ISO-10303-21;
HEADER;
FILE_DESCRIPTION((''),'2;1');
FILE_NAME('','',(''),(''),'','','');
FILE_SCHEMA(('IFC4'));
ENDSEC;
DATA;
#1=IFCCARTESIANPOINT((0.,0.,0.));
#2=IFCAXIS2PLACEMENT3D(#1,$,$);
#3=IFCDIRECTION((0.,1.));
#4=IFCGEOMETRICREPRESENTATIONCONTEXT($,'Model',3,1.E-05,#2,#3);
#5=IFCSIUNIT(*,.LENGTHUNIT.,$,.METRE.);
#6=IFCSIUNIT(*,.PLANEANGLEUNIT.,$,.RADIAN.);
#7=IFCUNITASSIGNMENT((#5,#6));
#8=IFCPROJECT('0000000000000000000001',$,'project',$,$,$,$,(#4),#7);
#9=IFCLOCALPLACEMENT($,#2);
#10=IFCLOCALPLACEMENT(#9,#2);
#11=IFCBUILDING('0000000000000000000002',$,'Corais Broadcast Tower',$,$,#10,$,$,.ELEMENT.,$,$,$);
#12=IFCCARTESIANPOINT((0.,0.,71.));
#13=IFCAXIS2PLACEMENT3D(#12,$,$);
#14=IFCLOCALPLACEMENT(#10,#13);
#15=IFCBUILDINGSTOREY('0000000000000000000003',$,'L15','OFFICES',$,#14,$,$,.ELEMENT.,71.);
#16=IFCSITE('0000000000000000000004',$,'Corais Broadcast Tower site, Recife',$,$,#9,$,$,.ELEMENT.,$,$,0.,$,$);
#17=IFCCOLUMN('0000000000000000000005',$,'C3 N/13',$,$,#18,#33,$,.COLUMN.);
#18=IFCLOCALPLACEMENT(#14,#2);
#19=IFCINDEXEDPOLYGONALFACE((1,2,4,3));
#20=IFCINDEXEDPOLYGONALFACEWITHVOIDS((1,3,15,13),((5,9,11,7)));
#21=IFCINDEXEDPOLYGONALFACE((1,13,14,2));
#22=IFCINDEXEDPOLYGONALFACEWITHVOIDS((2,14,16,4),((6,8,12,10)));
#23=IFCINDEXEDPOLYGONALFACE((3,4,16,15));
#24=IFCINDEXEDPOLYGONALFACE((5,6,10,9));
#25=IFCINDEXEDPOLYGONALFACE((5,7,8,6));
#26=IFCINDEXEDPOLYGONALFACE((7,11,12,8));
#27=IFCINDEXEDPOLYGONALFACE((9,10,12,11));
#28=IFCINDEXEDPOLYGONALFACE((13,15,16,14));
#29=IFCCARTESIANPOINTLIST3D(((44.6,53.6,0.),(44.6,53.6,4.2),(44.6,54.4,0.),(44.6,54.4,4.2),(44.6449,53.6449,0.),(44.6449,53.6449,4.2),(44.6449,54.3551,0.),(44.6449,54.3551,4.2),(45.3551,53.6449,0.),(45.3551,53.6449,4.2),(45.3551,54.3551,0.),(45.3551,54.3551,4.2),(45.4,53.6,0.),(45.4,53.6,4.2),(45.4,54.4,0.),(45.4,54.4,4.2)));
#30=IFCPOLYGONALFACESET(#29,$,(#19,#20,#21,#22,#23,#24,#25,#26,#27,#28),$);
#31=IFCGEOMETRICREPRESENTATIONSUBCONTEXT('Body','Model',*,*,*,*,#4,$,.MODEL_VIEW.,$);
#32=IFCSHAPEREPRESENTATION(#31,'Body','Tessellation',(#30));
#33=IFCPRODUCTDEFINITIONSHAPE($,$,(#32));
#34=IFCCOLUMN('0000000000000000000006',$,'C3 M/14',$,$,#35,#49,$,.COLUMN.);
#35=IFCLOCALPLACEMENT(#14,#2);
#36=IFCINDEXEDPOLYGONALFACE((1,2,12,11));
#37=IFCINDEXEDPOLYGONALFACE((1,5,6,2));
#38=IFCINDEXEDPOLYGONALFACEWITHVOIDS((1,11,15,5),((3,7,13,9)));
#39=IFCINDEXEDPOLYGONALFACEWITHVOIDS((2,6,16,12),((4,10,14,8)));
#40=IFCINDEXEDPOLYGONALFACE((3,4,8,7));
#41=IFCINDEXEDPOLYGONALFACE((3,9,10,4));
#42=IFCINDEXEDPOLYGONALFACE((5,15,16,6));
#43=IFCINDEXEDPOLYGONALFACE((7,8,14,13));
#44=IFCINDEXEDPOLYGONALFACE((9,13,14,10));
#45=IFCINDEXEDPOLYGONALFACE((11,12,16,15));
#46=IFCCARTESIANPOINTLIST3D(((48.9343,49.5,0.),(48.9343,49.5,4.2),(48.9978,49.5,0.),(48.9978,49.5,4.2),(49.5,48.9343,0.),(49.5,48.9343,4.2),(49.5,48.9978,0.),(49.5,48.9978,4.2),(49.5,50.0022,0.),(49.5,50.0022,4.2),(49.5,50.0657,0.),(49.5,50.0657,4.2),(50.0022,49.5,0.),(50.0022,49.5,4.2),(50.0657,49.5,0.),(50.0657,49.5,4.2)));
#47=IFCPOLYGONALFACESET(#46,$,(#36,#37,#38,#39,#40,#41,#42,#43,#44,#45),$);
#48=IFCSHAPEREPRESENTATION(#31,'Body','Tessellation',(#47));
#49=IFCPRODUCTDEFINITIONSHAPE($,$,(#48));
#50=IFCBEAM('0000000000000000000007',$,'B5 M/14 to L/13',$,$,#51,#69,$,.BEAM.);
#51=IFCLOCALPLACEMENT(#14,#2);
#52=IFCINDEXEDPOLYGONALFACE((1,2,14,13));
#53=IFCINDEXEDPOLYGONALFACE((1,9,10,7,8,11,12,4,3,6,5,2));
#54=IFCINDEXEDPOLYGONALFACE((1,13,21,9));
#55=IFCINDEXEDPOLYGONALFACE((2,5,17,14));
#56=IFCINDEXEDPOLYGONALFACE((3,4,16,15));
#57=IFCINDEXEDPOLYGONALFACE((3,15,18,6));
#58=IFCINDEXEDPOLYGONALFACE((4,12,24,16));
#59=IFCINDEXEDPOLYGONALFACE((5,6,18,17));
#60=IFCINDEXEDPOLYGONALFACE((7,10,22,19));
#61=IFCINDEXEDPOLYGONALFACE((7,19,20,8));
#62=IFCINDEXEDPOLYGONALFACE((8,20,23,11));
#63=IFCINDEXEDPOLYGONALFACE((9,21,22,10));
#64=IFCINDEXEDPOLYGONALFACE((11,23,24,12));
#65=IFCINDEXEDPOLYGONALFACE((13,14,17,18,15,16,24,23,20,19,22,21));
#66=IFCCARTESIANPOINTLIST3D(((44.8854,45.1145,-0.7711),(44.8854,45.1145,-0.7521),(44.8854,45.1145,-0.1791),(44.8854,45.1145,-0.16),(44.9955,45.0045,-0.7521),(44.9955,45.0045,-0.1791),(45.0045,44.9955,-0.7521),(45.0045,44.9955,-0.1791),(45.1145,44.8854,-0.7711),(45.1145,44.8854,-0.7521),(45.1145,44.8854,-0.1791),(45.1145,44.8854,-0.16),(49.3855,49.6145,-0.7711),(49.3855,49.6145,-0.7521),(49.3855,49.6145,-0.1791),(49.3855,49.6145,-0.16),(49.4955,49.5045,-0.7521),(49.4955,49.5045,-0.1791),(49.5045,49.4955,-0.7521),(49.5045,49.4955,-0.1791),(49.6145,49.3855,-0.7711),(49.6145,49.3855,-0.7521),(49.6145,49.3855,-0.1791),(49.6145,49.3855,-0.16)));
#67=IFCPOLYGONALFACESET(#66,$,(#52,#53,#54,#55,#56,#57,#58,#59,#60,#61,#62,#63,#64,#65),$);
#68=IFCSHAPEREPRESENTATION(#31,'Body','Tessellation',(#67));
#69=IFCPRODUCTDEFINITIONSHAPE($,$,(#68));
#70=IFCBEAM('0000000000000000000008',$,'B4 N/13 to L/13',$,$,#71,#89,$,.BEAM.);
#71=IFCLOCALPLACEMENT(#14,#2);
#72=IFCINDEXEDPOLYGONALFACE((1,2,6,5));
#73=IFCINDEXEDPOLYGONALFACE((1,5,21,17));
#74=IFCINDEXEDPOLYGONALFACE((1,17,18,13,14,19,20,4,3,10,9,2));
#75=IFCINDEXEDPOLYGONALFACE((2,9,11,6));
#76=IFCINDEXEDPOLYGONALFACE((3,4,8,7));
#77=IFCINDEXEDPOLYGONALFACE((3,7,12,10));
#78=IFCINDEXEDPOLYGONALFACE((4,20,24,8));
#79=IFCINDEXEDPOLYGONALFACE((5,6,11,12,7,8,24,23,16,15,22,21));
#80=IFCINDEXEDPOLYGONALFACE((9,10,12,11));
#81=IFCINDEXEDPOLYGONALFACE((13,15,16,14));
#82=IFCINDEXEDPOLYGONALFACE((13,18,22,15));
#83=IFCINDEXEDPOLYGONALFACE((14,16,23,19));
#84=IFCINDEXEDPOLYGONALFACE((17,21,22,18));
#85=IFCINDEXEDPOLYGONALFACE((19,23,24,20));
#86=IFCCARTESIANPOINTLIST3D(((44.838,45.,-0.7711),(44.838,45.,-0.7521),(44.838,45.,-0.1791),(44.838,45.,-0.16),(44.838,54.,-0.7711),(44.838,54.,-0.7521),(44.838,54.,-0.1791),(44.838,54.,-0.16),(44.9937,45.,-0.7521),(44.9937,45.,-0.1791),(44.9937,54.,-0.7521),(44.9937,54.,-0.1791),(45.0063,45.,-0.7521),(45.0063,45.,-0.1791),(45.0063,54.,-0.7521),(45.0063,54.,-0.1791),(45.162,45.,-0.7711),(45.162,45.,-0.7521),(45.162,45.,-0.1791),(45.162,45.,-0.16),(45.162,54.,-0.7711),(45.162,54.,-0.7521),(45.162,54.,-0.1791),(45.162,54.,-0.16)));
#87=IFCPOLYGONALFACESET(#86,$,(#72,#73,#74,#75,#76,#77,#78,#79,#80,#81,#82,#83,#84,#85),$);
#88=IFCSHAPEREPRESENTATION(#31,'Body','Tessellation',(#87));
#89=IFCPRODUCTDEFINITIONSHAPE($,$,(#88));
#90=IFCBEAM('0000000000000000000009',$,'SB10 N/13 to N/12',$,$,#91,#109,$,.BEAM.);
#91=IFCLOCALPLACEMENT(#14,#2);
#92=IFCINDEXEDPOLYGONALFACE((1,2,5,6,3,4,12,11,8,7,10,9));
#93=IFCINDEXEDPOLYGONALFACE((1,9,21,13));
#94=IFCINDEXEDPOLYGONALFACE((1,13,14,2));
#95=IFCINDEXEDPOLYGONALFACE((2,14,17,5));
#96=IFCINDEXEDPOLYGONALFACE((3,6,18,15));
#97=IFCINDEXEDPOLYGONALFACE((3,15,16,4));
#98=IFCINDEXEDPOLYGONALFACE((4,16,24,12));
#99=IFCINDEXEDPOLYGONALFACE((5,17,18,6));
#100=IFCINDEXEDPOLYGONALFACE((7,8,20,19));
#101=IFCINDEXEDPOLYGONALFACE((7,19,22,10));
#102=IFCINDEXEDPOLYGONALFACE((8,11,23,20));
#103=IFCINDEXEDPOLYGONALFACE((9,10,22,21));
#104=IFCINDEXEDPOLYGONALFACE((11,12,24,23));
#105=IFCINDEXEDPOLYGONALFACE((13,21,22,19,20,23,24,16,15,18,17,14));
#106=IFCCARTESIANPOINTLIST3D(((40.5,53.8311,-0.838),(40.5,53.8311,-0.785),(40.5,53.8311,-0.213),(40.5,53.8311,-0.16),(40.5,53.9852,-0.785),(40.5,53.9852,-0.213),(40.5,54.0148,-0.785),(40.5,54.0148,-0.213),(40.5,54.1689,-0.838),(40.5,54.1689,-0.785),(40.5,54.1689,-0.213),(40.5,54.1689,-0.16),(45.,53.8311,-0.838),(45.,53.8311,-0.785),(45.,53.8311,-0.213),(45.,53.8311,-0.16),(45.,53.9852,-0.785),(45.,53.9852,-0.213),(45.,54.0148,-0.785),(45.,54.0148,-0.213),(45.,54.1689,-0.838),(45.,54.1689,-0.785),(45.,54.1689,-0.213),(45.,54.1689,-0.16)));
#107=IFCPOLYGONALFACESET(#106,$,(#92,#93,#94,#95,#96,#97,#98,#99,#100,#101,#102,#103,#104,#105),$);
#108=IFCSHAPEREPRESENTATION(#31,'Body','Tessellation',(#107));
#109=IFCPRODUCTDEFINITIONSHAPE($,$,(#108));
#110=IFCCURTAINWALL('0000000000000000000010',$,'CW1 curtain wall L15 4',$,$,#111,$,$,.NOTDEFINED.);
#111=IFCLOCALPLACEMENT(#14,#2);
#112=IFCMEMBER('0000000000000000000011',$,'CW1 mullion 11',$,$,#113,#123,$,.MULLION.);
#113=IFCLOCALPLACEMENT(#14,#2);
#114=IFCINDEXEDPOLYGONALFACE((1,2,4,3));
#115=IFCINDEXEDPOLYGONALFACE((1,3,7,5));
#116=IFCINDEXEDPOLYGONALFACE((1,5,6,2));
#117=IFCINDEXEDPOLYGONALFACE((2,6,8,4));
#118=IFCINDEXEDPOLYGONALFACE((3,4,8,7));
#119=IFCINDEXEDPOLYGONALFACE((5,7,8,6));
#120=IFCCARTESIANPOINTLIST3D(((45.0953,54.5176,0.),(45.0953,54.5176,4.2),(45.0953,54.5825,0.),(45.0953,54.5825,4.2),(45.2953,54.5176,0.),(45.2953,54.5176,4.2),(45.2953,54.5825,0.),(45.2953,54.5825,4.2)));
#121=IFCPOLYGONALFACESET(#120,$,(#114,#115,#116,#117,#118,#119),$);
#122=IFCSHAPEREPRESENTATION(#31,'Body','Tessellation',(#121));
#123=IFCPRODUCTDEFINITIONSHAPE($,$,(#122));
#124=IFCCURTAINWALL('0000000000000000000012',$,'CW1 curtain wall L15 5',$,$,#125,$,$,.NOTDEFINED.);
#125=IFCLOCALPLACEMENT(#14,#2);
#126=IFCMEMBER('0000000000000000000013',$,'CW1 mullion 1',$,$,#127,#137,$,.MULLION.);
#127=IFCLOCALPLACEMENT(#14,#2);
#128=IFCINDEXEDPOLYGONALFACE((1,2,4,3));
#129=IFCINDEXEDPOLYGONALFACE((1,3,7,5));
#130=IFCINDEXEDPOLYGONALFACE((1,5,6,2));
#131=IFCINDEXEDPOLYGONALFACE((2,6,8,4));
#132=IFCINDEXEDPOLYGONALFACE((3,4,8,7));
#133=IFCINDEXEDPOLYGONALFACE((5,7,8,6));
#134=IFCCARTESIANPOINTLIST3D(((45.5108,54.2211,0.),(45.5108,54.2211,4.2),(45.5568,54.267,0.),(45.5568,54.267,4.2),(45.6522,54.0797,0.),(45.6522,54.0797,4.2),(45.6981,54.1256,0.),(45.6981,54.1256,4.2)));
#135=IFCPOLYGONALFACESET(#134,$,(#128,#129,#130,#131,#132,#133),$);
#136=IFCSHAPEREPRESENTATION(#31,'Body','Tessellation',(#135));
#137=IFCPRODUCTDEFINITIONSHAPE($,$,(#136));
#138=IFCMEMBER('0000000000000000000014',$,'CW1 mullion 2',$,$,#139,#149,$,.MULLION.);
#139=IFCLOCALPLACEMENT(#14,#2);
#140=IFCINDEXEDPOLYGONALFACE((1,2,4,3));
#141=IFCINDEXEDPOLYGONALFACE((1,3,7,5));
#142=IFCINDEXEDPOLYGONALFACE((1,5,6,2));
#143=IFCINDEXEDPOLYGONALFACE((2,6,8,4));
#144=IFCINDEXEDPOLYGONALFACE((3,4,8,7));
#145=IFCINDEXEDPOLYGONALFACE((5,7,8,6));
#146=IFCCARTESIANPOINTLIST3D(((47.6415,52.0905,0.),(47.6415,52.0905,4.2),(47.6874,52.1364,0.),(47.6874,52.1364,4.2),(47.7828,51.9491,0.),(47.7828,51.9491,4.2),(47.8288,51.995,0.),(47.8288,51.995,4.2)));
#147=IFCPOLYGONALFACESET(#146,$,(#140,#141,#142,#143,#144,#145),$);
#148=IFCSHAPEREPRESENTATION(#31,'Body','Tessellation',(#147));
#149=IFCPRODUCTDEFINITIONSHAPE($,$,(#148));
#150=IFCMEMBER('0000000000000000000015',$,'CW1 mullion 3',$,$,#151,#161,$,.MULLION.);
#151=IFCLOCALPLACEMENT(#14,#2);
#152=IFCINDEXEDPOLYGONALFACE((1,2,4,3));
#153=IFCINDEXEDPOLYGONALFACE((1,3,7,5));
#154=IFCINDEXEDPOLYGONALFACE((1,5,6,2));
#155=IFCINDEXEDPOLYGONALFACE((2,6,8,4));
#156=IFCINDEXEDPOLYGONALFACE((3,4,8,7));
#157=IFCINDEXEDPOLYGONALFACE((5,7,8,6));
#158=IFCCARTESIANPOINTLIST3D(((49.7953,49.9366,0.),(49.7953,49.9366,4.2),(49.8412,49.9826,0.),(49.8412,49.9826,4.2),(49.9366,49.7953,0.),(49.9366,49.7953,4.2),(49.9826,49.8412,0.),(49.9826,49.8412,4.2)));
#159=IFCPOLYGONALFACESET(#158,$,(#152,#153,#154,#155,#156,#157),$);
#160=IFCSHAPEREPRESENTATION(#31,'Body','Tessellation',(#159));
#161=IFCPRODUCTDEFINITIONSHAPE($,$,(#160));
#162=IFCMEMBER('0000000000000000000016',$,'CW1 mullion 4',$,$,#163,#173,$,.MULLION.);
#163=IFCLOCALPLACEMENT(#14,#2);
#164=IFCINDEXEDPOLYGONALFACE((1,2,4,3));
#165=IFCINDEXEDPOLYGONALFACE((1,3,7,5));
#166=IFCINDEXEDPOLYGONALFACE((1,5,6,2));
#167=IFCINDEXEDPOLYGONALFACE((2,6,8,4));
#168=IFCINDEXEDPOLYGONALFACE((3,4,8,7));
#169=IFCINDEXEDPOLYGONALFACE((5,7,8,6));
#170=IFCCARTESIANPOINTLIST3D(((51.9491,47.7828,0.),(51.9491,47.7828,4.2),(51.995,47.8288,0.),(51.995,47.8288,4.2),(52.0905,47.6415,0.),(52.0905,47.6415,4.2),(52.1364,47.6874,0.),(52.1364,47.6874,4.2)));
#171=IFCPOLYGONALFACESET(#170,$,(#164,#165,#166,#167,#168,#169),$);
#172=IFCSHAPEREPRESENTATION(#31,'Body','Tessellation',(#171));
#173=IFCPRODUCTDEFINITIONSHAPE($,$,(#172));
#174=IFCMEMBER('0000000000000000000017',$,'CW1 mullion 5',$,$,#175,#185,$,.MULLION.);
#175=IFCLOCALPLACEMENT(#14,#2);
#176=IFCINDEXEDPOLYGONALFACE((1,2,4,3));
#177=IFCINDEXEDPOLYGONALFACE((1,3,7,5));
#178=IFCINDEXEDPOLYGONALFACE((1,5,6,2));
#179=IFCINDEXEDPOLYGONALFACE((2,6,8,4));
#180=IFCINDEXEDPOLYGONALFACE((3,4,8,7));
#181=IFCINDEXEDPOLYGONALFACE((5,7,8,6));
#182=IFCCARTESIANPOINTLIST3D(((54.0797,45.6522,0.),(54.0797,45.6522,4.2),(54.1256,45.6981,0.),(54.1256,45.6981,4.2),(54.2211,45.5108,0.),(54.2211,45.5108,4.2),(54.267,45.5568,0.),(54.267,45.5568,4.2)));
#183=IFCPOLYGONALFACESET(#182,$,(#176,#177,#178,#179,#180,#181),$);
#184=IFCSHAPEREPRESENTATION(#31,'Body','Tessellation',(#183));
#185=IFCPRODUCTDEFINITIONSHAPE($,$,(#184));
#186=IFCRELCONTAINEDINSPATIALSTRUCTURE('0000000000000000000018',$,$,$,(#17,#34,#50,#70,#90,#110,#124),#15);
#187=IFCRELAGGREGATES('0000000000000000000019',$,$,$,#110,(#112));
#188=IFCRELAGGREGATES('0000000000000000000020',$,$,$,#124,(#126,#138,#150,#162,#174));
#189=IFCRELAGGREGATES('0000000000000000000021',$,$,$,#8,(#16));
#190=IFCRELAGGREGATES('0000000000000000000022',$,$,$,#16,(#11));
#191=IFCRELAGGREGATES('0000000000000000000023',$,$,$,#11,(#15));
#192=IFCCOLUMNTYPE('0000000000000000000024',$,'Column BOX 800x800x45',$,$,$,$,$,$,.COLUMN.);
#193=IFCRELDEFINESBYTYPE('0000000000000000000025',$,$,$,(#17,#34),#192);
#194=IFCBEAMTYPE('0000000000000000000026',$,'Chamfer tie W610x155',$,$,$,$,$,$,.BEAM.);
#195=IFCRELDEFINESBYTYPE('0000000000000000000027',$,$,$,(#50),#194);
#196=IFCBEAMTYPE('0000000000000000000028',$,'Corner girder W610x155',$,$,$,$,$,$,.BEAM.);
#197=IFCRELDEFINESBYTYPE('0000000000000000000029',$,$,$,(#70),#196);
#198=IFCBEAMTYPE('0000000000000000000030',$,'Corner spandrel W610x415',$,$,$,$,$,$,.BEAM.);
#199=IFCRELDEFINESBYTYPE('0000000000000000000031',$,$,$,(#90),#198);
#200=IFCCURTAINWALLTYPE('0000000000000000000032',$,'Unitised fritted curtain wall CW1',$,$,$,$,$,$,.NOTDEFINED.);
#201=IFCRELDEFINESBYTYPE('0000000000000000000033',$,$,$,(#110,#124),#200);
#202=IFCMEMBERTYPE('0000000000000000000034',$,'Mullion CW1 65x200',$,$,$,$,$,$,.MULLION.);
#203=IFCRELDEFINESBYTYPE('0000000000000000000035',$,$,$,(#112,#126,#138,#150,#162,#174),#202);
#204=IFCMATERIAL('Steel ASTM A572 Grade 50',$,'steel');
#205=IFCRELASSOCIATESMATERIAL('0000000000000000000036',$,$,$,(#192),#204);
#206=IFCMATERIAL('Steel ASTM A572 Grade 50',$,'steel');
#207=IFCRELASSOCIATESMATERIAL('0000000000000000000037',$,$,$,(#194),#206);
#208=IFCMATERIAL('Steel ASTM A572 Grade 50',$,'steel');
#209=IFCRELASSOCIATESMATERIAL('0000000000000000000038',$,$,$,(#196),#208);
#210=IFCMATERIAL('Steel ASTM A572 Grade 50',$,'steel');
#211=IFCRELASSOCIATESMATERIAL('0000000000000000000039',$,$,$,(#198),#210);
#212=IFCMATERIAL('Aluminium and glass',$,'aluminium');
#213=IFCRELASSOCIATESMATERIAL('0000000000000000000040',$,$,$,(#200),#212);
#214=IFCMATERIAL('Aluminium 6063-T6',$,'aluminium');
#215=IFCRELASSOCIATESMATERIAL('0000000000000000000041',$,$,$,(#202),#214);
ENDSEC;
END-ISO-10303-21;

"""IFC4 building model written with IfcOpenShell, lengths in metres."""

from ifc_helpers import new_model, si_unit, direction, frame, origin, origin_2d, place, context, subcontext, project, spatial, rectangle, hollow_rectangle, i_section, extrude, material, material_profile, profile_set, type_object, element, aggregate, save


model = new_model("IFC4")

# Units and contexts
model_context = context("Model", 3, precision=1e-05, world=origin(), true_north=direction((0.0, 1.0)))
body_context = subcontext(model_context, "Body", "Model", "MODEL_VIEW")
ifc_project = project(units=[si_unit("LENGTHUNIT", "METRE"), si_unit("PLANEANGLEUNIT", "RADIAN")], contexts=[model_context])

# Site, building, storey
site_placement = place(None, origin())
site = spatial("IfcSite", under=ifc_project, at=site_placement, Name="Corais Broadcast Tower site, Recife", CompositionType="ELEMENT", RefElevation=0.0)
building_placement = place(site_placement, origin())
building = spatial("IfcBuilding", under=site, at=building_placement, Name="Corais Broadcast Tower", CompositionType="ELEMENT")
storey_placement = place(building_placement, frame((0.0, 0.0, 71.0)))
storey = spatial("IfcBuildingStorey", under=building, at=storey_placement, Name="L15", Description="OFFICES", CompositionType="ELEMENT", Elevation=71.0)

# Columns
ifc_material_1 = material(Name="Steel ASTM A572 Grade 50", Category="steel")
ifc_material_profile_1 = material_profile(ifc_material_1, hollow_rectangle(XDim=0.8, YDim=0.8, WallThickness=0.0449, at=origin_2d()), Name="BOX 800x800x45")
ifc_profile_set_1 = profile_set([ifc_material_profile_1], Name="Steel ASTM A572 Grade 50")
column_type = type_object("IfcColumnType", Name="Column BOX 800x800x45", PredefinedType="COLUMN", material=ifc_profile_set_1)
for number, where, z_axis, x_axis, name in (
    (1, (45.0, 54.0, 0.0), (0.0, 0.0, 1.0), (1.0, 0.0, 0.0), "C3 N/13"),
    (2, (49.5, 49.5, 0.0), (0.0, 0.0, 1.0), (0.707107, 0.707107, 0.0), "C3 M/14"),
):
    element("IfcColumn", number, at=place(storey_placement, frame(where, z_axis=z_axis, x_axis=x_axis)), inside=storey, type_object=column_type, Name=name, PredefinedType="COLUMN", context=body_context, shape_type="SweptSolid", body=[
        extrude(hollow_rectangle(XDim=0.8, YDim=0.8, WallThickness=0.0449, at=origin_2d()), origin(), (0.0, 0.0, 1.0), 4.2),
    ])

# Beams
ifc_material_2 = material(Name="Steel ASTM A572 Grade 50", Category="steel")
ifc_material_profile_2 = material_profile(ifc_material_2, i_section(OverallWidth=0.324, OverallDepth=0.6111, WebThickness=0.0127, FlangeThickness=0.019, at=origin_2d()), Name="W610x155")
ifc_profile_set_2 = profile_set([ifc_material_profile_2], Name="Steel ASTM A572 Grade 50")
beam_type_1 = type_object("IfcBeamType", Name="Chamfer tie W610x155", PredefinedType="BEAM", material=ifc_profile_set_2)
beam_1_placement = place(storey_placement, frame((49.5, 49.5, -0.4656), z_axis=(-0.707107, -0.707107, 0.0), x_axis=(0.707107, -0.707107, 0.0)))
element("IfcBeam", 3, at=beam_1_placement, inside=storey, type_object=beam_type_1, Name="B5 M/14 to L/13", PredefinedType="BEAM", context=body_context, shape_type="SweptSolid", body=[
    extrude(i_section(OverallWidth=0.324, OverallDepth=0.6111, WebThickness=0.0127, FlangeThickness=0.019, at=origin_2d()), origin(), (0.0, 0.0, 1.0), 6.364),
])
ifc_material_3 = material(Name="Steel ASTM A572 Grade 50", Category="steel")
ifc_material_profile_3 = material_profile(ifc_material_3, i_section(OverallWidth=0.324, OverallDepth=0.6111, WebThickness=0.0127, FlangeThickness=0.019, at=origin_2d()), Name="W610x155")
ifc_profile_set_3 = profile_set([ifc_material_profile_3], Name="Steel ASTM A572 Grade 50")
beam_type_2 = type_object("IfcBeamType", Name="Corner girder W610x155", PredefinedType="BEAM", material=ifc_profile_set_3)
beam_2_placement = place(storey_placement, frame((45.0, 54.0, -0.4656), z_axis=(0.0, -1.0, 0.0), x_axis=(1.0, 0.0, 0.0)))
element("IfcBeam", 4, at=beam_2_placement, inside=storey, type_object=beam_type_2, Name="B4 N/13 to L/13", PredefinedType="BEAM", context=body_context, shape_type="SweptSolid", body=[
    extrude(i_section(OverallWidth=0.324, OverallDepth=0.6111, WebThickness=0.0127, FlangeThickness=0.019, at=origin_2d()), origin(), (0.0, 0.0, 1.0), 9.0),
])
ifc_material_4 = material(Name="Steel ASTM A572 Grade 50", Category="steel")
ifc_material_profile_4 = material_profile(ifc_material_4, i_section(OverallWidth=0.3379, OverallDepth=0.678, WebThickness=0.0295, FlangeThickness=0.053, at=origin_2d()), Name="W610x415")
ifc_profile_set_4 = profile_set([ifc_material_profile_4], Name="Steel ASTM A572 Grade 50")
beam_type_3 = type_object("IfcBeamType", Name="Corner spandrel W610x415", PredefinedType="BEAM", material=ifc_profile_set_4)
beam_3_placement = place(storey_placement, frame((45.0, 54.0, -0.499), z_axis=(-1.0, 0.0, 0.0), x_axis=(0.0, -1.0, 0.0)))
element("IfcBeam", 5, at=beam_3_placement, inside=storey, type_object=beam_type_3, Name="SB10 N/13 to N/12", PredefinedType="BEAM", context=body_context, shape_type="SweptSolid", body=[
    extrude(i_section(OverallWidth=0.3379, OverallDepth=0.678, WebThickness=0.0295, FlangeThickness=0.053, at=origin_2d()), origin(), (0.0, 0.0, 1.0), 4.5),
])

# Curtain wall, member
ifc_material_5 = material(Name="Aluminium and glass", Category="aluminium")
curtain_wall_type = type_object("IfcCurtainWallType", Name="Unitised fritted curtain wall CW1", PredefinedType="NOTDEFINED", material=ifc_material_5)
curtain_wall_1_placement = place(storey_placement, origin())
curtain_wall_1 = element("IfcCurtainWall", 6, at=curtain_wall_1_placement, inside=storey, type_object=curtain_wall_type, Name="CW1 curtain wall L15 4", PredefinedType="NOTDEFINED")
ifc_material_6 = material(Name="Aluminium 6063-T6", Category="aluminium")
ifc_material_profile_5 = material_profile(ifc_material_6, rectangle(XDim=0.0649, YDim=0.2, at=origin_2d()), Name="Mullion CW1 65x200")
ifc_profile_set_5 = profile_set([ifc_material_profile_5], Name="Aluminium 6063-T6")
member_type_1 = type_object("IfcMemberType", Name="Mullion CW1 65x200", PredefinedType="MULLION", material=ifc_profile_set_5)
member_1_placement = place(storey_placement, frame((45.1953, 54.55, 0.0), z_axis=(0.0, 0.0, 1.0), x_axis=(0.0, 1.0, 0.0)))
member_1 = element("IfcMember", 7, at=member_1_placement, type_object=member_type_1, Name="CW1 mullion 11", PredefinedType="MULLION", context=body_context, shape_type="SweptSolid", body=[
    extrude(rectangle(XDim=0.0649, YDim=0.2, at=origin_2d()), origin(), (0.0, 0.0, 1.0), 4.2),
])

# Curtain wall, members
curtain_wall_2_placement = place(storey_placement, origin())
curtain_wall_2 = element("IfcCurtainWall", 8, at=curtain_wall_2_placement, inside=storey, type_object=curtain_wall_type, Name="CW1 curtain wall L15 5", PredefinedType="NOTDEFINED")
member_2_placement = place(storey_placement, frame((45.6045, 54.1733, 0.0), z_axis=(0.0, 0.0, 1.0), x_axis=(0.707107, 0.707107, 0.0)))
member_2 = element("IfcMember", 9, at=member_2_placement, type_object=member_type_1, Name="CW1 mullion 1", PredefinedType="MULLION", context=body_context, shape_type="SweptSolid", body=[
    extrude(rectangle(XDim=0.0649, YDim=0.2, at=origin_2d()), origin(), (0.0, 0.0, 1.0), 4.2),
])
member_3_placement = place(storey_placement, frame((47.7351, 52.0427, 0.0), z_axis=(0.0, 0.0, 1.0), x_axis=(0.707107, 0.707107, 0.0)))
member_3 = element("IfcMember", 10, at=member_3_placement, type_object=member_type_1, Name="CW1 mullion 2", PredefinedType="MULLION", context=body_context, shape_type="SweptSolid", body=[
    extrude(rectangle(XDim=0.0649, YDim=0.2, at=origin_2d()), origin(), (0.0, 0.0, 1.0), 4.2),
])
member_4_placement = place(storey_placement, frame((49.8889, 49.8889, 0.0), z_axis=(0.0, 0.0, 1.0), x_axis=(0.707107, 0.707107, 0.0)))
member_4 = element("IfcMember", 11, at=member_4_placement, type_object=member_type_1, Name="CW1 mullion 3", PredefinedType="MULLION", context=body_context, shape_type="SweptSolid", body=[
    extrude(rectangle(XDim=0.0649, YDim=0.2, at=origin_2d()), origin(), (0.0, 0.0, 1.0), 4.2),
])
member_5_placement = place(storey_placement, frame((52.0427, 47.7351, 0.0), z_axis=(0.0, 0.0, 1.0), x_axis=(0.707107, 0.707107, 0.0)))
member_5 = element("IfcMember", 12, at=member_5_placement, type_object=member_type_1, Name="CW1 mullion 4", PredefinedType="MULLION", context=body_context, shape_type="SweptSolid", body=[
    extrude(rectangle(XDim=0.0649, YDim=0.2, at=origin_2d()), origin(), (0.0, 0.0, 1.0), 4.2),
])
member_6_placement = place(storey_placement, frame((54.1733, 45.6045, 0.0), z_axis=(0.0, 0.0, 1.0), x_axis=(0.707107, 0.707107, 0.0)))
member_6 = element("IfcMember", 13, at=member_6_placement, type_object=member_type_1, Name="CW1 mullion 5", PredefinedType="MULLION", context=body_context, shape_type="SweptSolid", body=[
    extrude(rectangle(XDim=0.0649, YDim=0.2, at=origin_2d()), origin(), (0.0, 0.0, 1.0), 4.2),
])

aggregate(curtain_wall_1, [member_1])
aggregate(curtain_wall_2, [member_2, member_3, member_4, member_5, member_6])

save(model, "model.ifc")
